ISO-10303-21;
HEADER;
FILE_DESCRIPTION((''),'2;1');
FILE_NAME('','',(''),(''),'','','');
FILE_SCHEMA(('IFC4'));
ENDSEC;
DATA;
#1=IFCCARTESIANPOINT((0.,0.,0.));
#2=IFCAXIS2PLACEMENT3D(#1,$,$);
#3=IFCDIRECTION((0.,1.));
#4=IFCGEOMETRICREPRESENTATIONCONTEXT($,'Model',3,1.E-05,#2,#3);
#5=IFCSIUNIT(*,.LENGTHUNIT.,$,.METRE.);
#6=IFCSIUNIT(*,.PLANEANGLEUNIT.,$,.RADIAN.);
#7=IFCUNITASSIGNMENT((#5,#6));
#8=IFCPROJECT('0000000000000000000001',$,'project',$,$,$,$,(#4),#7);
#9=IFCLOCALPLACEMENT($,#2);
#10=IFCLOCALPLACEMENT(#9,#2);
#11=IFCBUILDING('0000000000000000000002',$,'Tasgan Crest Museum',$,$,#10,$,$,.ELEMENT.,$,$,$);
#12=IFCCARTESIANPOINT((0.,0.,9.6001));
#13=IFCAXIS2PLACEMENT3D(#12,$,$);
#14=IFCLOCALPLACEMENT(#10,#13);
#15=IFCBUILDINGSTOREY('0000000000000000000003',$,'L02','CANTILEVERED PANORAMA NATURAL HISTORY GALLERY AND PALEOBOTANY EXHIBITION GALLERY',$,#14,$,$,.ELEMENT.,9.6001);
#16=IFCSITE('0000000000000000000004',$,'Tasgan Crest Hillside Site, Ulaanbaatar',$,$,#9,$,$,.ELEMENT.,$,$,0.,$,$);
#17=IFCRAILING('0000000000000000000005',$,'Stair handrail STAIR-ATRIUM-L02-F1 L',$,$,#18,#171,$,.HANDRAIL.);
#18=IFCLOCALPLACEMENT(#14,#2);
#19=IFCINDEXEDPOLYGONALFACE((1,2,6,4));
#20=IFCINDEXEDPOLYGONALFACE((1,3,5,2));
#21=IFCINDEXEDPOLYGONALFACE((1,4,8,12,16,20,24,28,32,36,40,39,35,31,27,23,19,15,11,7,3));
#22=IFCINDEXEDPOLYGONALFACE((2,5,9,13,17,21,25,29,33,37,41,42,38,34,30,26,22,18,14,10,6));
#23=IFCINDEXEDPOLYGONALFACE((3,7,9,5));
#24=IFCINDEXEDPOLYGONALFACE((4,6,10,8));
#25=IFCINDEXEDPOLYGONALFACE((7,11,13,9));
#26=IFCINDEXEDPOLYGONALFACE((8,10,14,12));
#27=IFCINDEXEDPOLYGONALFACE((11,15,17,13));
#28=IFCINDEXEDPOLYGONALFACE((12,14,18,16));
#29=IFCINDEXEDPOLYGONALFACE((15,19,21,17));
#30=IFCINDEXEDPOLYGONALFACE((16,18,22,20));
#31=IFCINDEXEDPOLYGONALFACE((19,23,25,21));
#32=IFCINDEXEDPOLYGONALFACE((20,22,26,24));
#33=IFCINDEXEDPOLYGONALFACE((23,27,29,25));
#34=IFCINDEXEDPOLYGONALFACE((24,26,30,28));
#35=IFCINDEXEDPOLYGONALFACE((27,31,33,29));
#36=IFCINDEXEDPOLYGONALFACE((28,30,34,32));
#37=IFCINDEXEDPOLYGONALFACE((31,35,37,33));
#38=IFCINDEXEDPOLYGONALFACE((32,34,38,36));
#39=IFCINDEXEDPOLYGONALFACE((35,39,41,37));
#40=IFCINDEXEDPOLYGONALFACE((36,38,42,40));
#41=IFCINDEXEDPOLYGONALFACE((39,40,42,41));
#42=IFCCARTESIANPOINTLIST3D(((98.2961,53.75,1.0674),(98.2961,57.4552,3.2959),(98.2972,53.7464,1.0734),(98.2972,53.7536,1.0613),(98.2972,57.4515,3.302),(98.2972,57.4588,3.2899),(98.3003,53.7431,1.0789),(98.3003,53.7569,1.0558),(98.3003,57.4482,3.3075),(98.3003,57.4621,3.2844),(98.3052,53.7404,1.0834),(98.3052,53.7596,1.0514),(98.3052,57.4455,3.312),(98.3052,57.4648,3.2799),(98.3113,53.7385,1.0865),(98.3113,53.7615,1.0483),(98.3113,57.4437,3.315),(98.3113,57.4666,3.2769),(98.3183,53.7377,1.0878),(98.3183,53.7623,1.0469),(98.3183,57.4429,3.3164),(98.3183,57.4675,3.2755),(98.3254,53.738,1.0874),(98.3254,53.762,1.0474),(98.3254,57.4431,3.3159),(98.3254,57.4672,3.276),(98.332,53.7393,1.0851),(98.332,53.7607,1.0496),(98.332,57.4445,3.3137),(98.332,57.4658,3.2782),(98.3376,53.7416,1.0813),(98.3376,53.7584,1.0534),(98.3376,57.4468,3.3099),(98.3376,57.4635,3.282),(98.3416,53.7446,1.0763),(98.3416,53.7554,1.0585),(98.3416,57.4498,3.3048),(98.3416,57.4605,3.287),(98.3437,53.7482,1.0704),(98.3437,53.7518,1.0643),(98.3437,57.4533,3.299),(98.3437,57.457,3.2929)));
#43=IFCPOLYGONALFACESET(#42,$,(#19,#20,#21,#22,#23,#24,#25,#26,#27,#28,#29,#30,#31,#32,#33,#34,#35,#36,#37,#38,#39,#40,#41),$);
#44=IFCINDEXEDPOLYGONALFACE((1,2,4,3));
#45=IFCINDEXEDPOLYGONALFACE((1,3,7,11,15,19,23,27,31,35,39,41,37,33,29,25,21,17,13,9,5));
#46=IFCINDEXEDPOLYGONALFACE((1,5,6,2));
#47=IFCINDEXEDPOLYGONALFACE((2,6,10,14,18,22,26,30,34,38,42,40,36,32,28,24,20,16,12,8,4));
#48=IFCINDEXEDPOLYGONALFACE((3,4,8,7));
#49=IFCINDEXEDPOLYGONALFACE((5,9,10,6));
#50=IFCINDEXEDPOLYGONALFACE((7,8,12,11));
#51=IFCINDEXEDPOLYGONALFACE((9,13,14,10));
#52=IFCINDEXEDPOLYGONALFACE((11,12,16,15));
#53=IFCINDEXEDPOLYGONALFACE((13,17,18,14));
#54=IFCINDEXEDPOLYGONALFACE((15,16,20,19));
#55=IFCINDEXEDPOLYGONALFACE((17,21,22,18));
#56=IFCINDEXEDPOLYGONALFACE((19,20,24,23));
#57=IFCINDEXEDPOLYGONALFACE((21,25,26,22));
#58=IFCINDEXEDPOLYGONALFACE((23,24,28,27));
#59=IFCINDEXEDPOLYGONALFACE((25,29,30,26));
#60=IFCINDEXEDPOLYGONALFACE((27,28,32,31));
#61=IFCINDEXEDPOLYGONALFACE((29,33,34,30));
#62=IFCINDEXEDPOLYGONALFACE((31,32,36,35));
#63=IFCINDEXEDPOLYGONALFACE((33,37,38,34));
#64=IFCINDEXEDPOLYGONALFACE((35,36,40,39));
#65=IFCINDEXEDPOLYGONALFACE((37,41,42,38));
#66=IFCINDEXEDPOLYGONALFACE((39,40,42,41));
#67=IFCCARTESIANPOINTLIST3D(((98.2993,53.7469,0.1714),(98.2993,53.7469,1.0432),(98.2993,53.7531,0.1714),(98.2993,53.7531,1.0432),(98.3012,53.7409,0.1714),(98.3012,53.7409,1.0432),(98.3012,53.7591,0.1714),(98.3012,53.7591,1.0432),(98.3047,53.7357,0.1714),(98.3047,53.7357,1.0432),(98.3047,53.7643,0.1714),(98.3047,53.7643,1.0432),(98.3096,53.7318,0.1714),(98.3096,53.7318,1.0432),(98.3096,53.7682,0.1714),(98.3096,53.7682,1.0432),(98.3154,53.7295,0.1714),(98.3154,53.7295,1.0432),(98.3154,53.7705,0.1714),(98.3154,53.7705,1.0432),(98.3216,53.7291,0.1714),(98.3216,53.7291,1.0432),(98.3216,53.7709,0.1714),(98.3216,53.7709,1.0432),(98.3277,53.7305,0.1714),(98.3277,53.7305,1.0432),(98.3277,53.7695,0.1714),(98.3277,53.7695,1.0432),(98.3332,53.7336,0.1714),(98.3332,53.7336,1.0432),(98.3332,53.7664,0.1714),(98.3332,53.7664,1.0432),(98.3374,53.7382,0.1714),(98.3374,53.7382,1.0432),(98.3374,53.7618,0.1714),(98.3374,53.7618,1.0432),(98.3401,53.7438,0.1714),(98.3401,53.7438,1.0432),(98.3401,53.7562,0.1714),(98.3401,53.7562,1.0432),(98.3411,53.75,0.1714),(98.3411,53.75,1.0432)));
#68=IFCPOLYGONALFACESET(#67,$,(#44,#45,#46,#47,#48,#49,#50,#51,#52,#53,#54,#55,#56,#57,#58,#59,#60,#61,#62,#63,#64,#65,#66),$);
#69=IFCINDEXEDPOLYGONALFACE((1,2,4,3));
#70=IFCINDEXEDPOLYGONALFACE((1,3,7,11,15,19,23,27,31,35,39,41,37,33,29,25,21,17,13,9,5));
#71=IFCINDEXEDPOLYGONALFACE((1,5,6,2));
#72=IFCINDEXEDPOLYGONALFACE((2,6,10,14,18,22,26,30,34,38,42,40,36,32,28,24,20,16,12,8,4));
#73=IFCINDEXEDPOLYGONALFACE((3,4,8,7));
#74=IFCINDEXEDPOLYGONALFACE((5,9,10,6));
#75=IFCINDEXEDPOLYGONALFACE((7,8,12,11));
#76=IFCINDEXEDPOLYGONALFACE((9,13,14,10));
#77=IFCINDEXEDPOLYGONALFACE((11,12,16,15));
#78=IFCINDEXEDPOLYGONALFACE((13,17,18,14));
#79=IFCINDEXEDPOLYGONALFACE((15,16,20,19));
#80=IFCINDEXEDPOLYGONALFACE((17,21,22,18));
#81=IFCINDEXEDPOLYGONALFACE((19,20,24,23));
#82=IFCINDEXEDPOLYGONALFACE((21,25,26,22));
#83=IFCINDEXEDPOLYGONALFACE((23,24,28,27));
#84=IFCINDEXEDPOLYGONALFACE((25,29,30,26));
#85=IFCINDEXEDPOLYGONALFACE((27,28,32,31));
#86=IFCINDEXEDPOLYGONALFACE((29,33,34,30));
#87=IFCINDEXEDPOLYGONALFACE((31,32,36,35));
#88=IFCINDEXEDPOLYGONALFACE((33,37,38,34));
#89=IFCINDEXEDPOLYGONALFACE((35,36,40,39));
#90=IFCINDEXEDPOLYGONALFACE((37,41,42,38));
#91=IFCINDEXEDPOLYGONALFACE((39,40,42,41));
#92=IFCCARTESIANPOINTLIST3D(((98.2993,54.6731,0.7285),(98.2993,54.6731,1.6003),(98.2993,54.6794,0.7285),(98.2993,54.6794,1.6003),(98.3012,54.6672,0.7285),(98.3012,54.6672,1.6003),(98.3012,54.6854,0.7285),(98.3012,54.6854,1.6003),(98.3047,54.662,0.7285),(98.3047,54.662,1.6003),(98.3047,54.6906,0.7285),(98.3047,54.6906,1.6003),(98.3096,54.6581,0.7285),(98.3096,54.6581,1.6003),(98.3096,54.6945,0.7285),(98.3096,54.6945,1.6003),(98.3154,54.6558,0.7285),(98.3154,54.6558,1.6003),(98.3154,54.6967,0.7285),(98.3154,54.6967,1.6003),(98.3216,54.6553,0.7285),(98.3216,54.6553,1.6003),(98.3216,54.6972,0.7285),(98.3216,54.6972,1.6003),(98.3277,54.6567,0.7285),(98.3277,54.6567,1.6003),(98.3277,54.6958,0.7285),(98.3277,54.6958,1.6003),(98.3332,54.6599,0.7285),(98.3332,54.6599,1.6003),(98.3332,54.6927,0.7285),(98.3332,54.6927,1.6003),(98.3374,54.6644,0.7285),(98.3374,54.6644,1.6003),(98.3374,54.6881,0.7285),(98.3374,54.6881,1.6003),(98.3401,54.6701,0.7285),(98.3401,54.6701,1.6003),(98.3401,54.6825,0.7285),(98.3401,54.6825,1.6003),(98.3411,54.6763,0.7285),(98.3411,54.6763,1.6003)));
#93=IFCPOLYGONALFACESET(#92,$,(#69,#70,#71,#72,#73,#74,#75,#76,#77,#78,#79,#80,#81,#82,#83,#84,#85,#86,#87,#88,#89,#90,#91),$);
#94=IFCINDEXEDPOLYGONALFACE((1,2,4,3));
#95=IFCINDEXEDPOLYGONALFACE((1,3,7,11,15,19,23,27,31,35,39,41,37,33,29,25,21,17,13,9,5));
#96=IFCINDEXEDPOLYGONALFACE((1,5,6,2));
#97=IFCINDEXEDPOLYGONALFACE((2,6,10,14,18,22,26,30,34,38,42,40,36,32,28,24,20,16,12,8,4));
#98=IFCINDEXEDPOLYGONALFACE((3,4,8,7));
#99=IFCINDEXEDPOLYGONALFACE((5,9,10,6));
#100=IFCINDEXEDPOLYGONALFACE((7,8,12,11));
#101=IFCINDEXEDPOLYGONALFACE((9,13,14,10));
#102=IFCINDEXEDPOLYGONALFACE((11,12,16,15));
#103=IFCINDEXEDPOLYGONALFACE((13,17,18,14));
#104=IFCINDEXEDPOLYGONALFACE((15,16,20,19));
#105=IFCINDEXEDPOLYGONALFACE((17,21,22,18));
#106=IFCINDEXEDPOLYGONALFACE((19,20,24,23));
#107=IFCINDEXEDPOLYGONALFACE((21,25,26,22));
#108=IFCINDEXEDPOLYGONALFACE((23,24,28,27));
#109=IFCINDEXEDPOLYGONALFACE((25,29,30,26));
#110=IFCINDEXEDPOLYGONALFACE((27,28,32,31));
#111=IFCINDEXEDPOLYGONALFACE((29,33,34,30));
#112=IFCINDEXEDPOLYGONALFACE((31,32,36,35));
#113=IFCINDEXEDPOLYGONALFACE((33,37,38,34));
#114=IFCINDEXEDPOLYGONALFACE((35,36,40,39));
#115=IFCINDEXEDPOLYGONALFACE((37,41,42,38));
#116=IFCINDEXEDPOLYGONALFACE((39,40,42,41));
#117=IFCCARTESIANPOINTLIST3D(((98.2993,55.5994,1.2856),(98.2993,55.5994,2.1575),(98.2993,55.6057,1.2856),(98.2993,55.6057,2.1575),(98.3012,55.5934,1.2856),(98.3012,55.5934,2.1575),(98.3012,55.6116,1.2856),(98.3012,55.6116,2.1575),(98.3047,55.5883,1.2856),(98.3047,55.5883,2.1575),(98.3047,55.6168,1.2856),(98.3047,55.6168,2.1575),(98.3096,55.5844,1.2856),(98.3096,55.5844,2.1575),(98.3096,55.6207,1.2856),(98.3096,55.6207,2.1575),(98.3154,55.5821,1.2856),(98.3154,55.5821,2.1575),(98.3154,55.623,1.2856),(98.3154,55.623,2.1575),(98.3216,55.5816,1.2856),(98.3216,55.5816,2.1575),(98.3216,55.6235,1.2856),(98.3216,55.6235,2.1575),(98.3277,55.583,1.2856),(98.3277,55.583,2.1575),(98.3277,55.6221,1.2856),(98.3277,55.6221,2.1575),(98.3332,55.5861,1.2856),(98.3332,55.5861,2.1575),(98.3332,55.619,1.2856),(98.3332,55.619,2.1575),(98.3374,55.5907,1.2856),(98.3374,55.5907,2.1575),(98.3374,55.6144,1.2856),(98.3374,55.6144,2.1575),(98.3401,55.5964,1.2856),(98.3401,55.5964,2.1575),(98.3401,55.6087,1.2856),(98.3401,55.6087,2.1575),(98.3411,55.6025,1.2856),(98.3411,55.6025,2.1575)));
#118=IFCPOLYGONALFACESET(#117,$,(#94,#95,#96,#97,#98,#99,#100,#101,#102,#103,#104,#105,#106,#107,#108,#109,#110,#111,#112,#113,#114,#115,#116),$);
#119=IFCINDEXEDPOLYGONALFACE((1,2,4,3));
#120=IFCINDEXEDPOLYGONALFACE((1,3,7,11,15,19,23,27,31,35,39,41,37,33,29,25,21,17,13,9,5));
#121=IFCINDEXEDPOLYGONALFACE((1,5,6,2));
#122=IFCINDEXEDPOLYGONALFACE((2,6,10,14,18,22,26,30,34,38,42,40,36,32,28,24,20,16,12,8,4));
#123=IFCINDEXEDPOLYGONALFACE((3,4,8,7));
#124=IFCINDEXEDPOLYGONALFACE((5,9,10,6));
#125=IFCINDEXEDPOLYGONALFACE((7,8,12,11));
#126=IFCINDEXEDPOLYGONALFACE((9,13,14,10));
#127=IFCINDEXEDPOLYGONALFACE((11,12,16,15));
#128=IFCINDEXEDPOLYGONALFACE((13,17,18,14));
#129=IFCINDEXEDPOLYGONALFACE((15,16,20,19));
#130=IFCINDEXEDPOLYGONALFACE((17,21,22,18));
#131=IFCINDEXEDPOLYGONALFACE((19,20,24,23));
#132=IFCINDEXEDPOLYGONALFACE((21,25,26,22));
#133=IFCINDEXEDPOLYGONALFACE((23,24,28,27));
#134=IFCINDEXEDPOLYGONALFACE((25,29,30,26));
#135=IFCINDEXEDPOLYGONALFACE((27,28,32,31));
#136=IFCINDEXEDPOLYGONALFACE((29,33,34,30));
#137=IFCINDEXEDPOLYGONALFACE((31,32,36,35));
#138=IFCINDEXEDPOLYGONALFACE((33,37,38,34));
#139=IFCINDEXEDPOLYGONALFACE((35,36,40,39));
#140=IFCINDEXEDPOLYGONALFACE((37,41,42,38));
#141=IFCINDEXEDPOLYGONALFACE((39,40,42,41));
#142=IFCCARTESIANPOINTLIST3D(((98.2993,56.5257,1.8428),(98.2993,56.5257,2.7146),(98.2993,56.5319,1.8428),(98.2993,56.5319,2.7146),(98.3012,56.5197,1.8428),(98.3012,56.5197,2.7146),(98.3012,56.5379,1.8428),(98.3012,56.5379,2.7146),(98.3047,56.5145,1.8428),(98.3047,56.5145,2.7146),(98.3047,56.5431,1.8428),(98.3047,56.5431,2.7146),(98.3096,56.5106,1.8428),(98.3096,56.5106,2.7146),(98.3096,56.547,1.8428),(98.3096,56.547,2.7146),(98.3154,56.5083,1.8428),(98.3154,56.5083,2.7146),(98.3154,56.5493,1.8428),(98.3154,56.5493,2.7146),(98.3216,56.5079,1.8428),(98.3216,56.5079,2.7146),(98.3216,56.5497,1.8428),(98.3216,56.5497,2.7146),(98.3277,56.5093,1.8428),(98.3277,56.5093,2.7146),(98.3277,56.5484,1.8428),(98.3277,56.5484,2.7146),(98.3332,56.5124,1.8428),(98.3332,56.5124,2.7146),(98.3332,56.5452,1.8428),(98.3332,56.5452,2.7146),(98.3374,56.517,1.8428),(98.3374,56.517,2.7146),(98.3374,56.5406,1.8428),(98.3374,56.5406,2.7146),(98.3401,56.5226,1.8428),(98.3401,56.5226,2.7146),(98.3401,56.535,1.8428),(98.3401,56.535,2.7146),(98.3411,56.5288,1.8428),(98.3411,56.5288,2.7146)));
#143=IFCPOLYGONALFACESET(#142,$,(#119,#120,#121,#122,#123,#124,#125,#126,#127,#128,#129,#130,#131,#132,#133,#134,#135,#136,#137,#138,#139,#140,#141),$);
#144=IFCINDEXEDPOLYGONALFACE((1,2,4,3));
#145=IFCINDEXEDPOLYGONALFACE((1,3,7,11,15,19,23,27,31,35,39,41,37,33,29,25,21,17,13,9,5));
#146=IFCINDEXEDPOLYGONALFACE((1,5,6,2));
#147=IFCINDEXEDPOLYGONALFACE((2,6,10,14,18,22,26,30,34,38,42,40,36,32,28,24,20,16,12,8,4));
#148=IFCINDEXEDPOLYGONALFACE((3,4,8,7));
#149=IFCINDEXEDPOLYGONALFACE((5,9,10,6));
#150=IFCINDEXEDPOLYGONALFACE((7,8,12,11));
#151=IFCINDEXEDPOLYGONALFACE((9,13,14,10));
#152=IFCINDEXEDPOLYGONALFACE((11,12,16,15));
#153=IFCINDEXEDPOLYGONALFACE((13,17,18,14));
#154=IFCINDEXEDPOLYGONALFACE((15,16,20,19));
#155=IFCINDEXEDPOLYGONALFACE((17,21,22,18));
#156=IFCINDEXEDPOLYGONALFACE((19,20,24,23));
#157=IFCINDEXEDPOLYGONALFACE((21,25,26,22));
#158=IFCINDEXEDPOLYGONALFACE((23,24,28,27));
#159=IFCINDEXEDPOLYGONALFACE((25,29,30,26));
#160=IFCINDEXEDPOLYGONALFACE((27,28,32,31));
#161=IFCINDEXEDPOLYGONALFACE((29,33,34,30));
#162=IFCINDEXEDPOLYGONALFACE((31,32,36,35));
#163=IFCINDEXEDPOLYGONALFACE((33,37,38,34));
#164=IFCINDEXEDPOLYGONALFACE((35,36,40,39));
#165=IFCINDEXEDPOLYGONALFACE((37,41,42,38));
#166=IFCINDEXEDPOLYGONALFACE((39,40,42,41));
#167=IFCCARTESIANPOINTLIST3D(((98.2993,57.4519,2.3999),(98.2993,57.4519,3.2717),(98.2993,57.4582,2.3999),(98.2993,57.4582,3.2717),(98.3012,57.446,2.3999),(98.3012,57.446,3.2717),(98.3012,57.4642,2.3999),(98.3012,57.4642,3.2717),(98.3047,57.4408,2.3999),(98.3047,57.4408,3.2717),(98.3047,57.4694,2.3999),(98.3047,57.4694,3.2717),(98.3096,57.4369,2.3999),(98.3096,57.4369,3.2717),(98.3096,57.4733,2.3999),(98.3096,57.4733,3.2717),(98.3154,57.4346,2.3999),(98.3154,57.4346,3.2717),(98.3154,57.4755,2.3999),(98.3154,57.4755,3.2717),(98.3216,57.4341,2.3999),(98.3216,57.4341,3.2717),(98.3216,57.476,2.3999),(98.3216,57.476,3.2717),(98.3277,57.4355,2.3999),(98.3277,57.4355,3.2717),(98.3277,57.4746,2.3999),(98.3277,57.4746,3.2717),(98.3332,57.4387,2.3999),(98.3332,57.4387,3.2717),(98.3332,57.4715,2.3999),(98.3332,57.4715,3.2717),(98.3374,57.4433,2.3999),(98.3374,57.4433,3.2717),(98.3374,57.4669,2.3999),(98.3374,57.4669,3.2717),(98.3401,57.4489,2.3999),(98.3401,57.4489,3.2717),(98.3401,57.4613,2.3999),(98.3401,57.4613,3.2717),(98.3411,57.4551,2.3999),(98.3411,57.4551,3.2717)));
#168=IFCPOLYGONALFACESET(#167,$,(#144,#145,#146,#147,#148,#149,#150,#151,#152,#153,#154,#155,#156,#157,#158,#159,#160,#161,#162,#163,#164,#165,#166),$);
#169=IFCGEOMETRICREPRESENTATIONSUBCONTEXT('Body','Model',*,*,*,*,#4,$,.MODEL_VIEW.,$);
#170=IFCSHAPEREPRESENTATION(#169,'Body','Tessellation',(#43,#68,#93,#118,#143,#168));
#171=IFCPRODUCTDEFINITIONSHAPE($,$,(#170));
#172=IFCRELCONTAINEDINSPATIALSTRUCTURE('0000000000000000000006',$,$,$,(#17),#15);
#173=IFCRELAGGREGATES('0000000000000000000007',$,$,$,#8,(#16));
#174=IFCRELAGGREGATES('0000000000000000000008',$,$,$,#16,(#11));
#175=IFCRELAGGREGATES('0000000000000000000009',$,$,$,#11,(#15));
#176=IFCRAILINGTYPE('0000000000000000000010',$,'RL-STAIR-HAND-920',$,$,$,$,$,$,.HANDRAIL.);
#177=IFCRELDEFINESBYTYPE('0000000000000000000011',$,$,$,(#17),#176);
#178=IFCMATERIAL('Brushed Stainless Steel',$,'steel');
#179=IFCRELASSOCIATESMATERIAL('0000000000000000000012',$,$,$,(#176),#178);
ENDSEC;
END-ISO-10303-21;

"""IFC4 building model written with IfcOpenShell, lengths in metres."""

from ifc_helpers import new_model, si_unit, direction, frame, origin, origin_2d, place, context, subcontext, project, spatial, circle, extrude, material, type_object, element, save


model = new_model("IFC4")

# Units and contexts
model_context = context("Model", 3, precision=1e-05, world=origin(), true_north=direction((0.0, 1.0)))
body_context = subcontext(model_context, "Body", "Model", "MODEL_VIEW")
ifc_project = project(units=[si_unit("LENGTHUNIT", "METRE"), si_unit("PLANEANGLEUNIT", "RADIAN")], contexts=[model_context])

# Site, building, storey
site_placement = place(None, origin())
site = spatial("IfcSite", under=ifc_project, at=site_placement, Name="Tasgan Crest Hillside Site, Ulaanbaatar", CompositionType="ELEMENT", RefElevation=0.0)
building_placement = place(site_placement, origin())
building = spatial("IfcBuilding", under=site, at=building_placement, Name="Tasgan Crest Museum", CompositionType="ELEMENT")
storey_placement = place(building_placement, frame((0.0, 0.0, 9.6001)))
storey = spatial("IfcBuildingStorey", under=building, at=storey_placement, Name="L02", Description="CANTILEVERED PANORAMA NATURAL HISTORY GALLERY AND PALEOBOTANY EXHIBITION GALLERY", CompositionType="ELEMENT", Elevation=9.6001)

# Railing
ifc_material_1 = material(Name="Brushed Stainless Steel", Category="steel")
railing_type_1 = type_object("IfcRailingType", Name="RL-STAIR-HAND-920", PredefinedType="HANDRAIL", material=ifc_material_1)
railing_1_placement = place(storey_placement, frame((98.3201, 53.75, 0.1714)))
element("IfcRailing", 1, at=railing_1_placement, inside=storey, type_object=railing_type_1, Name="Stair handrail STAIR-ATRIUM-L02-F1 L", PredefinedType="HANDRAIL", context=body_context, shape_type="SweptSolid", body=[
    extrude(circle(Radius=0.0239, at=origin_2d()), frame((0.0, 0.0, 0.896), z_axis=(0.0, 0.856934, 0.515425), x_axis=(-1.0, 0.0, 0.0)), (0.0, 0.0, 1.0), 4.3237),
    extrude(circle(Radius=0.021, at=origin_2d()), origin(), (0.0, 0.0, 1.0), 0.8718),
    extrude(circle(Radius=0.021, at=origin_2d()), frame((0.0, 0.9263, 0.5571)), (0.0, 0.0, 1.0), 0.8718),
    extrude(circle(Radius=0.021, at=origin_2d()), frame((0.0, 1.8525, 1.1143)), (0.0, 0.0, 1.0), 0.8718),
    extrude(circle(Radius=0.021, at=origin_2d()), frame((0.0, 2.7788, 1.6714)), (0.0, 0.0, 1.0), 0.8718),
    extrude(circle(Radius=0.021, at=origin_2d()), frame((0.0, 3.7051, 2.2285)), (0.0, 0.0, 1.0), 0.8718),
])

save(model, "model.ifc")
